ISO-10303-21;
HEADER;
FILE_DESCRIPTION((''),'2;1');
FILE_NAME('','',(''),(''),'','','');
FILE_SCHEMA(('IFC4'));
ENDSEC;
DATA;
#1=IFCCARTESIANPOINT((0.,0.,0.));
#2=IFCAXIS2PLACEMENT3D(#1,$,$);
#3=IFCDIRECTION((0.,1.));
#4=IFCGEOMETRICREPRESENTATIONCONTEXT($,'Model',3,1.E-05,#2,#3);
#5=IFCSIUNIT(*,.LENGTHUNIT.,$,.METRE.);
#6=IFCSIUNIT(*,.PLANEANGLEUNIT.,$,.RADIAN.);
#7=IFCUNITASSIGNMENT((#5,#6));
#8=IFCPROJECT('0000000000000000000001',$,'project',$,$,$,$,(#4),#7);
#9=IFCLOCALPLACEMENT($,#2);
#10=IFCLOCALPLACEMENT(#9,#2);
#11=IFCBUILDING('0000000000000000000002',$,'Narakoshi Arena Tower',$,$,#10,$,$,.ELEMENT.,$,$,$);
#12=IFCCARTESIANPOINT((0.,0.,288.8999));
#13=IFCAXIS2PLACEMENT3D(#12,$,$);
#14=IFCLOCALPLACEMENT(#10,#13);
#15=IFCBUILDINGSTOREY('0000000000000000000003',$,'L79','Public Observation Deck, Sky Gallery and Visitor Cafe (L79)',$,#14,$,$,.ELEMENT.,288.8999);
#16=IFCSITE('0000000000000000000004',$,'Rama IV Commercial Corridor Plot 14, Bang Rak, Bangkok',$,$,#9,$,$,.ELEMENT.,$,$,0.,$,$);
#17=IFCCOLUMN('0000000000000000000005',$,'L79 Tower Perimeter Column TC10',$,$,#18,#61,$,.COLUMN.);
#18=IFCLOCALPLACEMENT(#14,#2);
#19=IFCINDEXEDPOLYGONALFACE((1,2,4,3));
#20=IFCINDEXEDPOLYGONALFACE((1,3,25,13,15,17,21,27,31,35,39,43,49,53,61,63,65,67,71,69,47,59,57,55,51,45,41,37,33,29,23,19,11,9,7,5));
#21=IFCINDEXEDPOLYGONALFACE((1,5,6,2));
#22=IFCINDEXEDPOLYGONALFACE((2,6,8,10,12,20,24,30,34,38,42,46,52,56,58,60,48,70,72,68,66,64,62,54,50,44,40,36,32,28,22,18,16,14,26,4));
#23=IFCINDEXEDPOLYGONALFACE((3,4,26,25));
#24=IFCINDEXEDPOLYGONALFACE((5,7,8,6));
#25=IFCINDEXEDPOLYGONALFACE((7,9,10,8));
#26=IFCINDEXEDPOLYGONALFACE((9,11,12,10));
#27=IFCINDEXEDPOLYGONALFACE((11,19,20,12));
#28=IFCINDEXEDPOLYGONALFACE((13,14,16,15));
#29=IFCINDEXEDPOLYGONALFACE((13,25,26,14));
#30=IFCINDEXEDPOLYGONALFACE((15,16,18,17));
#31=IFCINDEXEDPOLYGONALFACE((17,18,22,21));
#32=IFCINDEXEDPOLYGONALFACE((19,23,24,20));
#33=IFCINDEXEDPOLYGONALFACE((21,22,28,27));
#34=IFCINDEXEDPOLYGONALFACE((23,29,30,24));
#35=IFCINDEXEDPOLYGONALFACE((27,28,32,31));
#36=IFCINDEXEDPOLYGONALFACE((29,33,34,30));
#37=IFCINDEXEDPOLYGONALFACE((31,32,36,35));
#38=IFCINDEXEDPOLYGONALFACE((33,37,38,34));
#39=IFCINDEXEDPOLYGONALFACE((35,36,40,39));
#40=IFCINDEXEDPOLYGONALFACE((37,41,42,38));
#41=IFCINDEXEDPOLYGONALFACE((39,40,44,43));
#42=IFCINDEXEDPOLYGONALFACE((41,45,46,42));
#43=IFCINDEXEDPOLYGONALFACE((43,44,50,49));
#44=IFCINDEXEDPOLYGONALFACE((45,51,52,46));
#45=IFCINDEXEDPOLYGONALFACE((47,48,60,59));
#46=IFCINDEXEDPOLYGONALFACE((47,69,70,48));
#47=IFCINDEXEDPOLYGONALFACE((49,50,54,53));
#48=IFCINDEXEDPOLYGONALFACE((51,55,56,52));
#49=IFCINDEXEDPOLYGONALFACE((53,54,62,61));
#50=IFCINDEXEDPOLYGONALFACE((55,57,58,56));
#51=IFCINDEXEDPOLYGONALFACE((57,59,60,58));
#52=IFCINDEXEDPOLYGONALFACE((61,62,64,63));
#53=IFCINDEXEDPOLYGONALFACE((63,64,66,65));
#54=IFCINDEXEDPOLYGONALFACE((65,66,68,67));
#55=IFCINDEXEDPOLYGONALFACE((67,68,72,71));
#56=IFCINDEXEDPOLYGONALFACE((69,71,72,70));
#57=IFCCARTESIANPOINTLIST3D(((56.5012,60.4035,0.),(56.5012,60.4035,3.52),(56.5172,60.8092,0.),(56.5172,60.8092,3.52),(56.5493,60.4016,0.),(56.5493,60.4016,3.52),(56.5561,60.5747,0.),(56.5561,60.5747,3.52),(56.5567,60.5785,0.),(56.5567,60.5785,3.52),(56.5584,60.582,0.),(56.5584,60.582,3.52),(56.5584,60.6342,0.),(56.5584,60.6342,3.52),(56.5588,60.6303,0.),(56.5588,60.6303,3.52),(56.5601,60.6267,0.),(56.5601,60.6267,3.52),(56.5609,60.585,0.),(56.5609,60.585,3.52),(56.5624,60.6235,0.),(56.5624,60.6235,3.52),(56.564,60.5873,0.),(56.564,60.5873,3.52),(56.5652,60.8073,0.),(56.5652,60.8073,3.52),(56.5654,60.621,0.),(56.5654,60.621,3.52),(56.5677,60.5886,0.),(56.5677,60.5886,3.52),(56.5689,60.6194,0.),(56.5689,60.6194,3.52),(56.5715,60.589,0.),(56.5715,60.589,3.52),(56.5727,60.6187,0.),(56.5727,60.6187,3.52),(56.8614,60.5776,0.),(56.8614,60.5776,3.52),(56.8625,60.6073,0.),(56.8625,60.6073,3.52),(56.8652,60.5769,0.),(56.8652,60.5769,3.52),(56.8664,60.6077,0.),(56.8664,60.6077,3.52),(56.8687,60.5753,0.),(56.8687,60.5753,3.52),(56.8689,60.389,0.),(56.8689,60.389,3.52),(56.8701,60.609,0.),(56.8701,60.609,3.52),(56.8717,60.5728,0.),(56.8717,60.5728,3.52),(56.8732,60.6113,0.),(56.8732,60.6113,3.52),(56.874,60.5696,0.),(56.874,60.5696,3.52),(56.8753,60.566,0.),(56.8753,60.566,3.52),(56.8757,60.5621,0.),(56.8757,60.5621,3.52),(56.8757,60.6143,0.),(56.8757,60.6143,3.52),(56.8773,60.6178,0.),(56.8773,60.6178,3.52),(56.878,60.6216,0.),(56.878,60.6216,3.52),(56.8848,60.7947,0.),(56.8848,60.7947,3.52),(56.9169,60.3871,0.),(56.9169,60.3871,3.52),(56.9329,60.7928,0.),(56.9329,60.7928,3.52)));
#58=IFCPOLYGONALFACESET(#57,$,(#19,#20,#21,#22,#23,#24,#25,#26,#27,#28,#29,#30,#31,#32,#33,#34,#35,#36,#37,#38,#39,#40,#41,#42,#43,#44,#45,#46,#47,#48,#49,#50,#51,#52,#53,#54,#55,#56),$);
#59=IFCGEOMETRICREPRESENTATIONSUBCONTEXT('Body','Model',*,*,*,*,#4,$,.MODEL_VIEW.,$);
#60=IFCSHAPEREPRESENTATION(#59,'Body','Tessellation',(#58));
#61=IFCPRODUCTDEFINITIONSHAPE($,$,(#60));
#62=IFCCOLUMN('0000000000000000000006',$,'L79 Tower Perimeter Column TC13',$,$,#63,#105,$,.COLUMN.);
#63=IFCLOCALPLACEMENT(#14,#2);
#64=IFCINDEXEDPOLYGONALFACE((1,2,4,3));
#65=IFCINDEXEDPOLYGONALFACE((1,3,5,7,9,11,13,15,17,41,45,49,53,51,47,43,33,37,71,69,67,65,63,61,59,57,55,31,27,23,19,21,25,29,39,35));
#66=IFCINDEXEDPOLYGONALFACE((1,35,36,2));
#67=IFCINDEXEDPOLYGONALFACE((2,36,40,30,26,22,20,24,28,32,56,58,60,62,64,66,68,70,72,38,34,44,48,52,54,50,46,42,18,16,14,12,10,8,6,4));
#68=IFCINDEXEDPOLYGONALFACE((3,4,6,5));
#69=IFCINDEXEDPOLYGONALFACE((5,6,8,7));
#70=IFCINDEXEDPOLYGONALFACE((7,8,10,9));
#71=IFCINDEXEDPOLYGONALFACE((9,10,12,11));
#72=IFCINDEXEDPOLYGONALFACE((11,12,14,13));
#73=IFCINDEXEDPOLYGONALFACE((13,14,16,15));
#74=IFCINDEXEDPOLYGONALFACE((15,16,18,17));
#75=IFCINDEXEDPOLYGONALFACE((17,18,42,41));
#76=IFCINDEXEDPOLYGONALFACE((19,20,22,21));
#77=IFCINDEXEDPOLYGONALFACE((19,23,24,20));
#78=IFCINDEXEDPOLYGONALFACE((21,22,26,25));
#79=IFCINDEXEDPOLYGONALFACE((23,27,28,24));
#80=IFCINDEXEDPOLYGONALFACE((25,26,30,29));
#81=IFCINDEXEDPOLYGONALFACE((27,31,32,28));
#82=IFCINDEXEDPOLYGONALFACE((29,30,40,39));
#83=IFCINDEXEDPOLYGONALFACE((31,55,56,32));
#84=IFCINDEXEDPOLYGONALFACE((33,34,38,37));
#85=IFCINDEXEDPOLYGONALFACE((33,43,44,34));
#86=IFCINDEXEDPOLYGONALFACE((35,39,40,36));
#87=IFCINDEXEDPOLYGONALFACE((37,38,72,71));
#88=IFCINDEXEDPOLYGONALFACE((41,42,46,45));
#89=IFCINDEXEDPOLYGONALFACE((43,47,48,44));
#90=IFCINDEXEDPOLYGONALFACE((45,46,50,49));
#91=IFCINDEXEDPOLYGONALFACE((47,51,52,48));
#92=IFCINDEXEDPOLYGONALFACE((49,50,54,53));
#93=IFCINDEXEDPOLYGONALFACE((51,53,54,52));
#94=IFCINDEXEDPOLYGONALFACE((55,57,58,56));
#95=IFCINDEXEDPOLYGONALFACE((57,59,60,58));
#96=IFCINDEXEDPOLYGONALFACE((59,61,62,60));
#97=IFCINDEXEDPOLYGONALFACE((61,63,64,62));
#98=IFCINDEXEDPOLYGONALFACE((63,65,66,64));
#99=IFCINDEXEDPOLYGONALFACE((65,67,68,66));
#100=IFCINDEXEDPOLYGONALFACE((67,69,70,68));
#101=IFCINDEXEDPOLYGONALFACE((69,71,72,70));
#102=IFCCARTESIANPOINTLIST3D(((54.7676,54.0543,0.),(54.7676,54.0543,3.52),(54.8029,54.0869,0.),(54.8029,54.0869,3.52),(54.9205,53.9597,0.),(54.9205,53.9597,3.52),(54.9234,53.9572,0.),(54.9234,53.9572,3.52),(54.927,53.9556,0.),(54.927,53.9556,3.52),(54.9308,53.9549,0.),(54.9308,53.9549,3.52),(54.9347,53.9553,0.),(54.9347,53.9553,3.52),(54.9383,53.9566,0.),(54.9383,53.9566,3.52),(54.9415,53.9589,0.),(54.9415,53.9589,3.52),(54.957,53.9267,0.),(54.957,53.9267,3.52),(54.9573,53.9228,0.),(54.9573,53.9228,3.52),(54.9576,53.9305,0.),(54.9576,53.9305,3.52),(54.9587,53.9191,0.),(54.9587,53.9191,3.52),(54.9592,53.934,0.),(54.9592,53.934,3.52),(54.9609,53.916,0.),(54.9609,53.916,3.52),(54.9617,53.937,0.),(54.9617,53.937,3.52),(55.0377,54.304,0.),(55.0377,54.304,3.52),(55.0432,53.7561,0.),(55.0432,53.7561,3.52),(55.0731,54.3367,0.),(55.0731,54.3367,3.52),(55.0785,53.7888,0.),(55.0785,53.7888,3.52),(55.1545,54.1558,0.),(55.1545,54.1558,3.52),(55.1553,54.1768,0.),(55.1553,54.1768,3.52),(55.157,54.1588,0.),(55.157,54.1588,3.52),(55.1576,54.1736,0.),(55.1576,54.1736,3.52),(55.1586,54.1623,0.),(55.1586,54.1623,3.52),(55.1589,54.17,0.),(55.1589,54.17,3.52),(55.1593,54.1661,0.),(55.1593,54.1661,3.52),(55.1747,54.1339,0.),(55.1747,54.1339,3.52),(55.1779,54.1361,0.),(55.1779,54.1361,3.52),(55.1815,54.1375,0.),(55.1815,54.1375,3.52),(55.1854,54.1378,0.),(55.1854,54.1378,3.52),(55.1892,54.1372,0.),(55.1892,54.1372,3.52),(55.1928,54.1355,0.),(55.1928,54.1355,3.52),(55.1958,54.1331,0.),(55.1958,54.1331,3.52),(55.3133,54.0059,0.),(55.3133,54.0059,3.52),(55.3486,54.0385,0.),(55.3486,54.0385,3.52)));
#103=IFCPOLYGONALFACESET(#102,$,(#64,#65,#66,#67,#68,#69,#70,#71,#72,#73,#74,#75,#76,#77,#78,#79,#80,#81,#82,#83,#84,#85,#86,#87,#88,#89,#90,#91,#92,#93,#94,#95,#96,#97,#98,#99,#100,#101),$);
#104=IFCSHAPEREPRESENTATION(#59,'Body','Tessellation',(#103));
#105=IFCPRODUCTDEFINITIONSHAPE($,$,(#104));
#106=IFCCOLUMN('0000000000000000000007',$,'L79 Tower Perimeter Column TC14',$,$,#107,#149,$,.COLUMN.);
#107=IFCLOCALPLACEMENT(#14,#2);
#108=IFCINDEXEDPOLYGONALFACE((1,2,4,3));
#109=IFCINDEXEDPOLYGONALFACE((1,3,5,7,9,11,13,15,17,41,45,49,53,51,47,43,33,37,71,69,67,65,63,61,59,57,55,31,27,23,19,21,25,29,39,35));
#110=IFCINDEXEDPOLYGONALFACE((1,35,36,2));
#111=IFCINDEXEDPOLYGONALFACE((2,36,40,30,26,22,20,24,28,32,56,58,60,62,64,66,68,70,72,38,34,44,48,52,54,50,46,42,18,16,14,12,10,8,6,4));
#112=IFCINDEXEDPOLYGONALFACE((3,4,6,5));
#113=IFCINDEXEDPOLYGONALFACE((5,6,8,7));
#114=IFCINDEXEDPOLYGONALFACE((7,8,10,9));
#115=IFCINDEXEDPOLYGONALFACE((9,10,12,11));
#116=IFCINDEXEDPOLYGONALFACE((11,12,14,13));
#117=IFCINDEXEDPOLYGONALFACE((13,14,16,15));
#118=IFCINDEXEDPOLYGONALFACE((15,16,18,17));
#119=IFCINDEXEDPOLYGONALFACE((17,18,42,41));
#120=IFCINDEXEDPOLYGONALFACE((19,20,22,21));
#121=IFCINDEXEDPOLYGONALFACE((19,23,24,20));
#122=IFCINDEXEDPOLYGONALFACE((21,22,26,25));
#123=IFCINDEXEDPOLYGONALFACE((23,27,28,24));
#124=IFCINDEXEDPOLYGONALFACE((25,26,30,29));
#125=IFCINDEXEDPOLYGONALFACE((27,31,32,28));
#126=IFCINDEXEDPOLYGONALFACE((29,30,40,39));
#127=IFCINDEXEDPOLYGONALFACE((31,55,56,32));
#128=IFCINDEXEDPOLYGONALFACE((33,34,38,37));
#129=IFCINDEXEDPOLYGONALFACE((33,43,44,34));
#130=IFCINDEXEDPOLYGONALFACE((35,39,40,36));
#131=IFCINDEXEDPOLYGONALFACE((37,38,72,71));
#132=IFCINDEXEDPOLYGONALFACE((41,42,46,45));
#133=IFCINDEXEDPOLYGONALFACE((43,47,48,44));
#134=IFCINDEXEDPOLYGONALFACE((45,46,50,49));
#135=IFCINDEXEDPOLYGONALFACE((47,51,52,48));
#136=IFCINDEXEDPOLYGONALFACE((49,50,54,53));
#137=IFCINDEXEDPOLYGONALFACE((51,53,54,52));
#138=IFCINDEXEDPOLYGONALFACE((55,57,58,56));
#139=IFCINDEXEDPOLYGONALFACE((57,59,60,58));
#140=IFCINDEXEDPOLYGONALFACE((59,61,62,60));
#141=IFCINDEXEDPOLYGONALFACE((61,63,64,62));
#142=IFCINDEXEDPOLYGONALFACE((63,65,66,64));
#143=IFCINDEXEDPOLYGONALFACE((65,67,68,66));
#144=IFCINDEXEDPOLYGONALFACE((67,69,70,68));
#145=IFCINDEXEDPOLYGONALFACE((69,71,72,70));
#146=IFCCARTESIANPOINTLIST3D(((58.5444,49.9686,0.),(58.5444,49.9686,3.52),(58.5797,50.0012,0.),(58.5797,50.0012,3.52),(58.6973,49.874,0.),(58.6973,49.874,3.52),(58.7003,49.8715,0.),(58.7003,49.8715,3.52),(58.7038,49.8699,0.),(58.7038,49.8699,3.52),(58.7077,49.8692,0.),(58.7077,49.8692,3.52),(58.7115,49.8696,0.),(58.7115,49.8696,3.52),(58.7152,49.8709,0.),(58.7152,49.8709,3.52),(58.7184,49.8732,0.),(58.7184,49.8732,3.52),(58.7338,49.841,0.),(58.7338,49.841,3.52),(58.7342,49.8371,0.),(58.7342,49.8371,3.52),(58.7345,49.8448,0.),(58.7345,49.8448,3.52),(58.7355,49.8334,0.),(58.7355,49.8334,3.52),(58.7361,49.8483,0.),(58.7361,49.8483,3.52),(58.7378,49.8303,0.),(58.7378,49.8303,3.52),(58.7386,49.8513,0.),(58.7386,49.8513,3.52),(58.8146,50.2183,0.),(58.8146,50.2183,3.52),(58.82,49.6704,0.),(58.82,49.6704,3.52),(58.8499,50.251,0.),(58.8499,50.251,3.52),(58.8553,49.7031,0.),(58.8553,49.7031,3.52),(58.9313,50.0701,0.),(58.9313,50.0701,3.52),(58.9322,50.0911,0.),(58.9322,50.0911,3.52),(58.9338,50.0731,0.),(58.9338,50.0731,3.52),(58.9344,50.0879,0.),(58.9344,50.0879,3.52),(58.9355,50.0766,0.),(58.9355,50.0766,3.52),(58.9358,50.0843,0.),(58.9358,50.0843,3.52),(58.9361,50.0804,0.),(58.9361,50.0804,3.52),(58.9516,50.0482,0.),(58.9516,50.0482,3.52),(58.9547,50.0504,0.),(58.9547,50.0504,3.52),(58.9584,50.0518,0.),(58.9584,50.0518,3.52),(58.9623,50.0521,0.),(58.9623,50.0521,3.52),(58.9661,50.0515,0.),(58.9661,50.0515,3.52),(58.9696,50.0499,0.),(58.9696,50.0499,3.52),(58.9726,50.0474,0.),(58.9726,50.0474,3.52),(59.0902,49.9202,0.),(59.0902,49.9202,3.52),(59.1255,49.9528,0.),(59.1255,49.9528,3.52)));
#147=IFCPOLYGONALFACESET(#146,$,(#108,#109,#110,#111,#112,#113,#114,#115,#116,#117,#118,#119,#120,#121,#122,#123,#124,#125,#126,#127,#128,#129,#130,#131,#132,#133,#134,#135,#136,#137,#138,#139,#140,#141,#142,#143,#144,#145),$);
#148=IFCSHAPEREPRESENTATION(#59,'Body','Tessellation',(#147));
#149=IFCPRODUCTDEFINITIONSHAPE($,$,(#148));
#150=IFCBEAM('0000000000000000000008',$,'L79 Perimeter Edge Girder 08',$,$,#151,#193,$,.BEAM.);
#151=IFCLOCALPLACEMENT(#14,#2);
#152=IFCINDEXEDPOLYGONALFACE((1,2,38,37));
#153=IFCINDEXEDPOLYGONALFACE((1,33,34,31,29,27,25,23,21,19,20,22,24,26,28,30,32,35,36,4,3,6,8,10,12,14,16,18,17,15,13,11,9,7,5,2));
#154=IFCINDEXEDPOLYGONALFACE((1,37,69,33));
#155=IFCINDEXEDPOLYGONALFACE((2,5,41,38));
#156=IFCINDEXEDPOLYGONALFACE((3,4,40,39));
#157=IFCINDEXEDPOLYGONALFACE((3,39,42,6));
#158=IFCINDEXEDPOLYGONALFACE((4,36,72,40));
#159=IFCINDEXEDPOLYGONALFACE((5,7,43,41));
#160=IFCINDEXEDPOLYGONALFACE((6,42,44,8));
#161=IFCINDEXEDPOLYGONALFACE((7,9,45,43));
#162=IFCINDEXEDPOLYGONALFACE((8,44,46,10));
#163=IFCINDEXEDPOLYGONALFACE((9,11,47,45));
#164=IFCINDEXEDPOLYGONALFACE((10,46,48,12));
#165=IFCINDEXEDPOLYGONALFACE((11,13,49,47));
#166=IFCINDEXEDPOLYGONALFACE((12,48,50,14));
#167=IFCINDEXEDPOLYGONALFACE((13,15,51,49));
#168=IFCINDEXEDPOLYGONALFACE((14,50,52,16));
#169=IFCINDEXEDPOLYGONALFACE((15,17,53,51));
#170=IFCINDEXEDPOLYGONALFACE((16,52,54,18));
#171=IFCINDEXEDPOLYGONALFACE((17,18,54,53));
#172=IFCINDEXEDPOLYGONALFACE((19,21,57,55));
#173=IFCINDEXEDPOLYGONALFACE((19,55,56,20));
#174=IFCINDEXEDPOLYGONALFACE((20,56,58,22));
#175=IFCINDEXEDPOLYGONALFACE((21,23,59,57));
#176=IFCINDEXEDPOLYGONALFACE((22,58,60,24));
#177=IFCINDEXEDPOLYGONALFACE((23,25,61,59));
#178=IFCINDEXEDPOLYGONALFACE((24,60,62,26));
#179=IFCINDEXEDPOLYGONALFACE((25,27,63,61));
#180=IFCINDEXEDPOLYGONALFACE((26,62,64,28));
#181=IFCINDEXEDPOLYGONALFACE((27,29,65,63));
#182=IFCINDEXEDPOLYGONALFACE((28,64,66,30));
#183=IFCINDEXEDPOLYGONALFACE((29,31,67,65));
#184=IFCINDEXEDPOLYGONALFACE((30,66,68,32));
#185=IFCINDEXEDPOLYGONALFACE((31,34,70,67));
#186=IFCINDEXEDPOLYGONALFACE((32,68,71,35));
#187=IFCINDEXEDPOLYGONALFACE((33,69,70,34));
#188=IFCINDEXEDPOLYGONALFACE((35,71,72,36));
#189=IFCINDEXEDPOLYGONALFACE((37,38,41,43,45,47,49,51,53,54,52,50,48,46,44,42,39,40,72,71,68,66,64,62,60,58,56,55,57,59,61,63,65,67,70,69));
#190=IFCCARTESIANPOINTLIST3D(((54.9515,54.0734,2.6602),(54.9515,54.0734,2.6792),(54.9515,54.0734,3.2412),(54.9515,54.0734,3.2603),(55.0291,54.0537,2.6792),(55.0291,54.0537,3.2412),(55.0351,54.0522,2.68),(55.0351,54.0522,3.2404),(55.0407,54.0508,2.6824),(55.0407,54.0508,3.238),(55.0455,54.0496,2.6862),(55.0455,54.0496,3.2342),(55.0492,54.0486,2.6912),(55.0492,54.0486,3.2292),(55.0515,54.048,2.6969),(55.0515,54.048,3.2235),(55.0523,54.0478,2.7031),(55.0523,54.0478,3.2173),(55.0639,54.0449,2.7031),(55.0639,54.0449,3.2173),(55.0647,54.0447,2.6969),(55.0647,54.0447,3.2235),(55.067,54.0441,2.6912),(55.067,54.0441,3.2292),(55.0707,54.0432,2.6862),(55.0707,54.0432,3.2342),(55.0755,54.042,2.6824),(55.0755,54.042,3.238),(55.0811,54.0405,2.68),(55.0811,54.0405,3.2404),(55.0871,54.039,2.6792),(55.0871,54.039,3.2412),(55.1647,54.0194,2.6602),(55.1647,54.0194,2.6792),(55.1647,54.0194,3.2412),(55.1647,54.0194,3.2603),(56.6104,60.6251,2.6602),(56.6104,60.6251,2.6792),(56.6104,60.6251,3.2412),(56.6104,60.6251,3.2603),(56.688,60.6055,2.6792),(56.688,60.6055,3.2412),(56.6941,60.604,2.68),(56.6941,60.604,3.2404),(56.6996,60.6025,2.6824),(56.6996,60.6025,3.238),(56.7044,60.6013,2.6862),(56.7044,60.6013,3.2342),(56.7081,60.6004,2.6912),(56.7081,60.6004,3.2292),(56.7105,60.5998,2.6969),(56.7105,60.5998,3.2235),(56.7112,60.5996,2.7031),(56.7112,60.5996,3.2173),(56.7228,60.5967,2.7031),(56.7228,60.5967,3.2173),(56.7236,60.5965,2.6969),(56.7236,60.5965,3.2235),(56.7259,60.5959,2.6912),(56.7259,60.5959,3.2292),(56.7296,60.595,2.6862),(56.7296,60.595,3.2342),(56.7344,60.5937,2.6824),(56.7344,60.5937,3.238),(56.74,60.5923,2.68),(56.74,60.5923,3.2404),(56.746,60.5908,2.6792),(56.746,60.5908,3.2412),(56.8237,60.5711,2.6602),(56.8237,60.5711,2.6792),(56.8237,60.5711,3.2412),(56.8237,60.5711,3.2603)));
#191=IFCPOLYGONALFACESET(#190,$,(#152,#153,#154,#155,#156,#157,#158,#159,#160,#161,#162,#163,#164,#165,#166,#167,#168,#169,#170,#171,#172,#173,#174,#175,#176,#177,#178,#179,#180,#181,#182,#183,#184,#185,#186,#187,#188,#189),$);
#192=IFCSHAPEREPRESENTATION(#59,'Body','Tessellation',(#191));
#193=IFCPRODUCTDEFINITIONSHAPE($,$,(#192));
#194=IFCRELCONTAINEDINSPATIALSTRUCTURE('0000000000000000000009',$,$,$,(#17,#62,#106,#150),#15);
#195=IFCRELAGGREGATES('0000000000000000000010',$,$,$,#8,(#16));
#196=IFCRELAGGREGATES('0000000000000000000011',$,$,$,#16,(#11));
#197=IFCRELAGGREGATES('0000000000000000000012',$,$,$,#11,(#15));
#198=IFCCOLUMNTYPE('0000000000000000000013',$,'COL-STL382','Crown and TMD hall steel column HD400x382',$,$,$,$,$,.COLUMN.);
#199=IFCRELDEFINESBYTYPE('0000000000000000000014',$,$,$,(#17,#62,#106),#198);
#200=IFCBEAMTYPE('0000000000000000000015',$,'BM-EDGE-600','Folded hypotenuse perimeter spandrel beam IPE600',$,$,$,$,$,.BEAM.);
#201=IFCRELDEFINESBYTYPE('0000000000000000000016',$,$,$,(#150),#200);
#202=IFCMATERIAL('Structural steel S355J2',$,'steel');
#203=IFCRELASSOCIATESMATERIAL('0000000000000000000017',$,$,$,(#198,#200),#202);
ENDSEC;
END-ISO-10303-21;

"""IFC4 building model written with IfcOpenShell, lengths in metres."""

from ifc_helpers import new_model, si_unit, direction, frame, origin, origin_2d, place, context, subcontext, project, spatial, i_section, extrude, material, material_profile, profile_set, type_object, element, save


model = new_model("IFC4")

# Units and contexts
model_context = context("Model", 3, precision=1e-05, world=origin(), true_north=direction((0.0, 1.0)))
body_context = subcontext(model_context, "Body", "Model", "MODEL_VIEW")
ifc_project = project(units=[si_unit("LENGTHUNIT", "METRE"), si_unit("PLANEANGLEUNIT", "RADIAN")], contexts=[model_context])

# Site, building, storey
site_placement = place(None, origin())
site = spatial("IfcSite", under=ifc_project, at=site_placement, Name="Rama IV Commercial Corridor Plot 14, Bang Rak, Bangkok", CompositionType="ELEMENT", RefElevation=0.0)
building_placement = place(site_placement, origin())
building = spatial("IfcBuilding", under=site, at=building_placement, Name="Narakoshi Arena Tower", CompositionType="ELEMENT")
storey_placement = place(building_placement, frame((0.0, 0.0, 288.8999)))
storey = spatial("IfcBuildingStorey", under=building, at=storey_placement, Name="L79", Description="Public Observation Deck, Sky Gallery and Visitor Cafe (L79)", CompositionType="ELEMENT", Elevation=288.8999)

# Columns
ifc_material_1 = material(Name="Structural steel S355J2", Category="steel")
ifc_material_profile_1 = material_profile(ifc_material_1, i_section(OverallWidth=0.406, OverallDepth=0.416, WebThickness=0.0298, FlangeThickness=0.0481, FilletRadius=0.0149, at=origin_2d()), Name="HD400x382")
ifc_profile_set_1 = profile_set([ifc_material_profile_1], Name="Structural steel S355J2")
column_type = type_object("IfcColumnType", Name="COL-STL382", Description="Crown and TMD hall steel column HD400x382", PredefinedType="COLUMN", material=ifc_profile_set_1)
for number, where, z_axis, x_axis, name in (
    (1, (56.717, 60.5981, 0.0), (0.0, 0.0, 1.0), (0.03926, 0.999229, 0.0), "L79 Tower Perimeter Column TC10"),
    (2, (55.0581, 54.0464, 0.0), (0.0, 0.0, 1.0), (-0.678801, 0.734323, 0.0), "L79 Tower Perimeter Column TC13"),
    (3, (58.835, 49.9607, 0.0), (0.0, 0.0, 1.0), (-0.678801, 0.734323, 0.0), "L79 Tower Perimeter Column TC14"),
):
    element("IfcColumn", number, at=place(storey_placement, frame(where, z_axis=z_axis, x_axis=x_axis)), inside=storey, type_object=column_type, Name=name, PredefinedType="COLUMN", context=body_context, shape_type="SweptSolid", body=[
        extrude(i_section(OverallWidth=0.406, OverallDepth=0.416, WebThickness=0.0298, FlangeThickness=0.0481, FilletRadius=0.0149, at=origin_2d()), origin(), (0.0, 0.0, 1.0), 3.52),
    ])

# Beam
ifc_material_profile_2 = material_profile(ifc_material_1, i_section(OverallWidth=0.22, OverallDepth=0.6001, WebThickness=0.012, FlangeThickness=0.019, FilletRadius=0.0239, at=origin_2d()), Name="IPE600")
ifc_profile_set_2 = profile_set([ifc_material_profile_2], Name="Structural steel S355J2")
beam_type_1 = type_object("IfcBeamType", Name="BM-EDGE-600", Description="Folded hypotenuse perimeter spandrel beam IPE600", PredefinedType="BEAM", material=ifc_profile_set_2)
beam_1_placement = place(storey_placement, frame((56.717, 60.5981, 2.9602), z_axis=(-0.245458, -0.969407, 0.0), x_axis=(0.969407, -0.245458, 0.0)))
element("IfcBeam", 4, at=beam_1_placement, inside=storey, type_object=beam_type_1, Name="L79 Perimeter Edge Girder 08", PredefinedType="BEAM", context=body_context, shape_type="SweptSolid", body=[
    extrude(i_section(OverallWidth=0.22, OverallDepth=0.6001, WebThickness=0.012, FlangeThickness=0.019, FilletRadius=0.0239, at=origin_2d()), origin(), (0.0, 0.0, 1.0), 6.7585),
])

save(model, "model.ifc")
